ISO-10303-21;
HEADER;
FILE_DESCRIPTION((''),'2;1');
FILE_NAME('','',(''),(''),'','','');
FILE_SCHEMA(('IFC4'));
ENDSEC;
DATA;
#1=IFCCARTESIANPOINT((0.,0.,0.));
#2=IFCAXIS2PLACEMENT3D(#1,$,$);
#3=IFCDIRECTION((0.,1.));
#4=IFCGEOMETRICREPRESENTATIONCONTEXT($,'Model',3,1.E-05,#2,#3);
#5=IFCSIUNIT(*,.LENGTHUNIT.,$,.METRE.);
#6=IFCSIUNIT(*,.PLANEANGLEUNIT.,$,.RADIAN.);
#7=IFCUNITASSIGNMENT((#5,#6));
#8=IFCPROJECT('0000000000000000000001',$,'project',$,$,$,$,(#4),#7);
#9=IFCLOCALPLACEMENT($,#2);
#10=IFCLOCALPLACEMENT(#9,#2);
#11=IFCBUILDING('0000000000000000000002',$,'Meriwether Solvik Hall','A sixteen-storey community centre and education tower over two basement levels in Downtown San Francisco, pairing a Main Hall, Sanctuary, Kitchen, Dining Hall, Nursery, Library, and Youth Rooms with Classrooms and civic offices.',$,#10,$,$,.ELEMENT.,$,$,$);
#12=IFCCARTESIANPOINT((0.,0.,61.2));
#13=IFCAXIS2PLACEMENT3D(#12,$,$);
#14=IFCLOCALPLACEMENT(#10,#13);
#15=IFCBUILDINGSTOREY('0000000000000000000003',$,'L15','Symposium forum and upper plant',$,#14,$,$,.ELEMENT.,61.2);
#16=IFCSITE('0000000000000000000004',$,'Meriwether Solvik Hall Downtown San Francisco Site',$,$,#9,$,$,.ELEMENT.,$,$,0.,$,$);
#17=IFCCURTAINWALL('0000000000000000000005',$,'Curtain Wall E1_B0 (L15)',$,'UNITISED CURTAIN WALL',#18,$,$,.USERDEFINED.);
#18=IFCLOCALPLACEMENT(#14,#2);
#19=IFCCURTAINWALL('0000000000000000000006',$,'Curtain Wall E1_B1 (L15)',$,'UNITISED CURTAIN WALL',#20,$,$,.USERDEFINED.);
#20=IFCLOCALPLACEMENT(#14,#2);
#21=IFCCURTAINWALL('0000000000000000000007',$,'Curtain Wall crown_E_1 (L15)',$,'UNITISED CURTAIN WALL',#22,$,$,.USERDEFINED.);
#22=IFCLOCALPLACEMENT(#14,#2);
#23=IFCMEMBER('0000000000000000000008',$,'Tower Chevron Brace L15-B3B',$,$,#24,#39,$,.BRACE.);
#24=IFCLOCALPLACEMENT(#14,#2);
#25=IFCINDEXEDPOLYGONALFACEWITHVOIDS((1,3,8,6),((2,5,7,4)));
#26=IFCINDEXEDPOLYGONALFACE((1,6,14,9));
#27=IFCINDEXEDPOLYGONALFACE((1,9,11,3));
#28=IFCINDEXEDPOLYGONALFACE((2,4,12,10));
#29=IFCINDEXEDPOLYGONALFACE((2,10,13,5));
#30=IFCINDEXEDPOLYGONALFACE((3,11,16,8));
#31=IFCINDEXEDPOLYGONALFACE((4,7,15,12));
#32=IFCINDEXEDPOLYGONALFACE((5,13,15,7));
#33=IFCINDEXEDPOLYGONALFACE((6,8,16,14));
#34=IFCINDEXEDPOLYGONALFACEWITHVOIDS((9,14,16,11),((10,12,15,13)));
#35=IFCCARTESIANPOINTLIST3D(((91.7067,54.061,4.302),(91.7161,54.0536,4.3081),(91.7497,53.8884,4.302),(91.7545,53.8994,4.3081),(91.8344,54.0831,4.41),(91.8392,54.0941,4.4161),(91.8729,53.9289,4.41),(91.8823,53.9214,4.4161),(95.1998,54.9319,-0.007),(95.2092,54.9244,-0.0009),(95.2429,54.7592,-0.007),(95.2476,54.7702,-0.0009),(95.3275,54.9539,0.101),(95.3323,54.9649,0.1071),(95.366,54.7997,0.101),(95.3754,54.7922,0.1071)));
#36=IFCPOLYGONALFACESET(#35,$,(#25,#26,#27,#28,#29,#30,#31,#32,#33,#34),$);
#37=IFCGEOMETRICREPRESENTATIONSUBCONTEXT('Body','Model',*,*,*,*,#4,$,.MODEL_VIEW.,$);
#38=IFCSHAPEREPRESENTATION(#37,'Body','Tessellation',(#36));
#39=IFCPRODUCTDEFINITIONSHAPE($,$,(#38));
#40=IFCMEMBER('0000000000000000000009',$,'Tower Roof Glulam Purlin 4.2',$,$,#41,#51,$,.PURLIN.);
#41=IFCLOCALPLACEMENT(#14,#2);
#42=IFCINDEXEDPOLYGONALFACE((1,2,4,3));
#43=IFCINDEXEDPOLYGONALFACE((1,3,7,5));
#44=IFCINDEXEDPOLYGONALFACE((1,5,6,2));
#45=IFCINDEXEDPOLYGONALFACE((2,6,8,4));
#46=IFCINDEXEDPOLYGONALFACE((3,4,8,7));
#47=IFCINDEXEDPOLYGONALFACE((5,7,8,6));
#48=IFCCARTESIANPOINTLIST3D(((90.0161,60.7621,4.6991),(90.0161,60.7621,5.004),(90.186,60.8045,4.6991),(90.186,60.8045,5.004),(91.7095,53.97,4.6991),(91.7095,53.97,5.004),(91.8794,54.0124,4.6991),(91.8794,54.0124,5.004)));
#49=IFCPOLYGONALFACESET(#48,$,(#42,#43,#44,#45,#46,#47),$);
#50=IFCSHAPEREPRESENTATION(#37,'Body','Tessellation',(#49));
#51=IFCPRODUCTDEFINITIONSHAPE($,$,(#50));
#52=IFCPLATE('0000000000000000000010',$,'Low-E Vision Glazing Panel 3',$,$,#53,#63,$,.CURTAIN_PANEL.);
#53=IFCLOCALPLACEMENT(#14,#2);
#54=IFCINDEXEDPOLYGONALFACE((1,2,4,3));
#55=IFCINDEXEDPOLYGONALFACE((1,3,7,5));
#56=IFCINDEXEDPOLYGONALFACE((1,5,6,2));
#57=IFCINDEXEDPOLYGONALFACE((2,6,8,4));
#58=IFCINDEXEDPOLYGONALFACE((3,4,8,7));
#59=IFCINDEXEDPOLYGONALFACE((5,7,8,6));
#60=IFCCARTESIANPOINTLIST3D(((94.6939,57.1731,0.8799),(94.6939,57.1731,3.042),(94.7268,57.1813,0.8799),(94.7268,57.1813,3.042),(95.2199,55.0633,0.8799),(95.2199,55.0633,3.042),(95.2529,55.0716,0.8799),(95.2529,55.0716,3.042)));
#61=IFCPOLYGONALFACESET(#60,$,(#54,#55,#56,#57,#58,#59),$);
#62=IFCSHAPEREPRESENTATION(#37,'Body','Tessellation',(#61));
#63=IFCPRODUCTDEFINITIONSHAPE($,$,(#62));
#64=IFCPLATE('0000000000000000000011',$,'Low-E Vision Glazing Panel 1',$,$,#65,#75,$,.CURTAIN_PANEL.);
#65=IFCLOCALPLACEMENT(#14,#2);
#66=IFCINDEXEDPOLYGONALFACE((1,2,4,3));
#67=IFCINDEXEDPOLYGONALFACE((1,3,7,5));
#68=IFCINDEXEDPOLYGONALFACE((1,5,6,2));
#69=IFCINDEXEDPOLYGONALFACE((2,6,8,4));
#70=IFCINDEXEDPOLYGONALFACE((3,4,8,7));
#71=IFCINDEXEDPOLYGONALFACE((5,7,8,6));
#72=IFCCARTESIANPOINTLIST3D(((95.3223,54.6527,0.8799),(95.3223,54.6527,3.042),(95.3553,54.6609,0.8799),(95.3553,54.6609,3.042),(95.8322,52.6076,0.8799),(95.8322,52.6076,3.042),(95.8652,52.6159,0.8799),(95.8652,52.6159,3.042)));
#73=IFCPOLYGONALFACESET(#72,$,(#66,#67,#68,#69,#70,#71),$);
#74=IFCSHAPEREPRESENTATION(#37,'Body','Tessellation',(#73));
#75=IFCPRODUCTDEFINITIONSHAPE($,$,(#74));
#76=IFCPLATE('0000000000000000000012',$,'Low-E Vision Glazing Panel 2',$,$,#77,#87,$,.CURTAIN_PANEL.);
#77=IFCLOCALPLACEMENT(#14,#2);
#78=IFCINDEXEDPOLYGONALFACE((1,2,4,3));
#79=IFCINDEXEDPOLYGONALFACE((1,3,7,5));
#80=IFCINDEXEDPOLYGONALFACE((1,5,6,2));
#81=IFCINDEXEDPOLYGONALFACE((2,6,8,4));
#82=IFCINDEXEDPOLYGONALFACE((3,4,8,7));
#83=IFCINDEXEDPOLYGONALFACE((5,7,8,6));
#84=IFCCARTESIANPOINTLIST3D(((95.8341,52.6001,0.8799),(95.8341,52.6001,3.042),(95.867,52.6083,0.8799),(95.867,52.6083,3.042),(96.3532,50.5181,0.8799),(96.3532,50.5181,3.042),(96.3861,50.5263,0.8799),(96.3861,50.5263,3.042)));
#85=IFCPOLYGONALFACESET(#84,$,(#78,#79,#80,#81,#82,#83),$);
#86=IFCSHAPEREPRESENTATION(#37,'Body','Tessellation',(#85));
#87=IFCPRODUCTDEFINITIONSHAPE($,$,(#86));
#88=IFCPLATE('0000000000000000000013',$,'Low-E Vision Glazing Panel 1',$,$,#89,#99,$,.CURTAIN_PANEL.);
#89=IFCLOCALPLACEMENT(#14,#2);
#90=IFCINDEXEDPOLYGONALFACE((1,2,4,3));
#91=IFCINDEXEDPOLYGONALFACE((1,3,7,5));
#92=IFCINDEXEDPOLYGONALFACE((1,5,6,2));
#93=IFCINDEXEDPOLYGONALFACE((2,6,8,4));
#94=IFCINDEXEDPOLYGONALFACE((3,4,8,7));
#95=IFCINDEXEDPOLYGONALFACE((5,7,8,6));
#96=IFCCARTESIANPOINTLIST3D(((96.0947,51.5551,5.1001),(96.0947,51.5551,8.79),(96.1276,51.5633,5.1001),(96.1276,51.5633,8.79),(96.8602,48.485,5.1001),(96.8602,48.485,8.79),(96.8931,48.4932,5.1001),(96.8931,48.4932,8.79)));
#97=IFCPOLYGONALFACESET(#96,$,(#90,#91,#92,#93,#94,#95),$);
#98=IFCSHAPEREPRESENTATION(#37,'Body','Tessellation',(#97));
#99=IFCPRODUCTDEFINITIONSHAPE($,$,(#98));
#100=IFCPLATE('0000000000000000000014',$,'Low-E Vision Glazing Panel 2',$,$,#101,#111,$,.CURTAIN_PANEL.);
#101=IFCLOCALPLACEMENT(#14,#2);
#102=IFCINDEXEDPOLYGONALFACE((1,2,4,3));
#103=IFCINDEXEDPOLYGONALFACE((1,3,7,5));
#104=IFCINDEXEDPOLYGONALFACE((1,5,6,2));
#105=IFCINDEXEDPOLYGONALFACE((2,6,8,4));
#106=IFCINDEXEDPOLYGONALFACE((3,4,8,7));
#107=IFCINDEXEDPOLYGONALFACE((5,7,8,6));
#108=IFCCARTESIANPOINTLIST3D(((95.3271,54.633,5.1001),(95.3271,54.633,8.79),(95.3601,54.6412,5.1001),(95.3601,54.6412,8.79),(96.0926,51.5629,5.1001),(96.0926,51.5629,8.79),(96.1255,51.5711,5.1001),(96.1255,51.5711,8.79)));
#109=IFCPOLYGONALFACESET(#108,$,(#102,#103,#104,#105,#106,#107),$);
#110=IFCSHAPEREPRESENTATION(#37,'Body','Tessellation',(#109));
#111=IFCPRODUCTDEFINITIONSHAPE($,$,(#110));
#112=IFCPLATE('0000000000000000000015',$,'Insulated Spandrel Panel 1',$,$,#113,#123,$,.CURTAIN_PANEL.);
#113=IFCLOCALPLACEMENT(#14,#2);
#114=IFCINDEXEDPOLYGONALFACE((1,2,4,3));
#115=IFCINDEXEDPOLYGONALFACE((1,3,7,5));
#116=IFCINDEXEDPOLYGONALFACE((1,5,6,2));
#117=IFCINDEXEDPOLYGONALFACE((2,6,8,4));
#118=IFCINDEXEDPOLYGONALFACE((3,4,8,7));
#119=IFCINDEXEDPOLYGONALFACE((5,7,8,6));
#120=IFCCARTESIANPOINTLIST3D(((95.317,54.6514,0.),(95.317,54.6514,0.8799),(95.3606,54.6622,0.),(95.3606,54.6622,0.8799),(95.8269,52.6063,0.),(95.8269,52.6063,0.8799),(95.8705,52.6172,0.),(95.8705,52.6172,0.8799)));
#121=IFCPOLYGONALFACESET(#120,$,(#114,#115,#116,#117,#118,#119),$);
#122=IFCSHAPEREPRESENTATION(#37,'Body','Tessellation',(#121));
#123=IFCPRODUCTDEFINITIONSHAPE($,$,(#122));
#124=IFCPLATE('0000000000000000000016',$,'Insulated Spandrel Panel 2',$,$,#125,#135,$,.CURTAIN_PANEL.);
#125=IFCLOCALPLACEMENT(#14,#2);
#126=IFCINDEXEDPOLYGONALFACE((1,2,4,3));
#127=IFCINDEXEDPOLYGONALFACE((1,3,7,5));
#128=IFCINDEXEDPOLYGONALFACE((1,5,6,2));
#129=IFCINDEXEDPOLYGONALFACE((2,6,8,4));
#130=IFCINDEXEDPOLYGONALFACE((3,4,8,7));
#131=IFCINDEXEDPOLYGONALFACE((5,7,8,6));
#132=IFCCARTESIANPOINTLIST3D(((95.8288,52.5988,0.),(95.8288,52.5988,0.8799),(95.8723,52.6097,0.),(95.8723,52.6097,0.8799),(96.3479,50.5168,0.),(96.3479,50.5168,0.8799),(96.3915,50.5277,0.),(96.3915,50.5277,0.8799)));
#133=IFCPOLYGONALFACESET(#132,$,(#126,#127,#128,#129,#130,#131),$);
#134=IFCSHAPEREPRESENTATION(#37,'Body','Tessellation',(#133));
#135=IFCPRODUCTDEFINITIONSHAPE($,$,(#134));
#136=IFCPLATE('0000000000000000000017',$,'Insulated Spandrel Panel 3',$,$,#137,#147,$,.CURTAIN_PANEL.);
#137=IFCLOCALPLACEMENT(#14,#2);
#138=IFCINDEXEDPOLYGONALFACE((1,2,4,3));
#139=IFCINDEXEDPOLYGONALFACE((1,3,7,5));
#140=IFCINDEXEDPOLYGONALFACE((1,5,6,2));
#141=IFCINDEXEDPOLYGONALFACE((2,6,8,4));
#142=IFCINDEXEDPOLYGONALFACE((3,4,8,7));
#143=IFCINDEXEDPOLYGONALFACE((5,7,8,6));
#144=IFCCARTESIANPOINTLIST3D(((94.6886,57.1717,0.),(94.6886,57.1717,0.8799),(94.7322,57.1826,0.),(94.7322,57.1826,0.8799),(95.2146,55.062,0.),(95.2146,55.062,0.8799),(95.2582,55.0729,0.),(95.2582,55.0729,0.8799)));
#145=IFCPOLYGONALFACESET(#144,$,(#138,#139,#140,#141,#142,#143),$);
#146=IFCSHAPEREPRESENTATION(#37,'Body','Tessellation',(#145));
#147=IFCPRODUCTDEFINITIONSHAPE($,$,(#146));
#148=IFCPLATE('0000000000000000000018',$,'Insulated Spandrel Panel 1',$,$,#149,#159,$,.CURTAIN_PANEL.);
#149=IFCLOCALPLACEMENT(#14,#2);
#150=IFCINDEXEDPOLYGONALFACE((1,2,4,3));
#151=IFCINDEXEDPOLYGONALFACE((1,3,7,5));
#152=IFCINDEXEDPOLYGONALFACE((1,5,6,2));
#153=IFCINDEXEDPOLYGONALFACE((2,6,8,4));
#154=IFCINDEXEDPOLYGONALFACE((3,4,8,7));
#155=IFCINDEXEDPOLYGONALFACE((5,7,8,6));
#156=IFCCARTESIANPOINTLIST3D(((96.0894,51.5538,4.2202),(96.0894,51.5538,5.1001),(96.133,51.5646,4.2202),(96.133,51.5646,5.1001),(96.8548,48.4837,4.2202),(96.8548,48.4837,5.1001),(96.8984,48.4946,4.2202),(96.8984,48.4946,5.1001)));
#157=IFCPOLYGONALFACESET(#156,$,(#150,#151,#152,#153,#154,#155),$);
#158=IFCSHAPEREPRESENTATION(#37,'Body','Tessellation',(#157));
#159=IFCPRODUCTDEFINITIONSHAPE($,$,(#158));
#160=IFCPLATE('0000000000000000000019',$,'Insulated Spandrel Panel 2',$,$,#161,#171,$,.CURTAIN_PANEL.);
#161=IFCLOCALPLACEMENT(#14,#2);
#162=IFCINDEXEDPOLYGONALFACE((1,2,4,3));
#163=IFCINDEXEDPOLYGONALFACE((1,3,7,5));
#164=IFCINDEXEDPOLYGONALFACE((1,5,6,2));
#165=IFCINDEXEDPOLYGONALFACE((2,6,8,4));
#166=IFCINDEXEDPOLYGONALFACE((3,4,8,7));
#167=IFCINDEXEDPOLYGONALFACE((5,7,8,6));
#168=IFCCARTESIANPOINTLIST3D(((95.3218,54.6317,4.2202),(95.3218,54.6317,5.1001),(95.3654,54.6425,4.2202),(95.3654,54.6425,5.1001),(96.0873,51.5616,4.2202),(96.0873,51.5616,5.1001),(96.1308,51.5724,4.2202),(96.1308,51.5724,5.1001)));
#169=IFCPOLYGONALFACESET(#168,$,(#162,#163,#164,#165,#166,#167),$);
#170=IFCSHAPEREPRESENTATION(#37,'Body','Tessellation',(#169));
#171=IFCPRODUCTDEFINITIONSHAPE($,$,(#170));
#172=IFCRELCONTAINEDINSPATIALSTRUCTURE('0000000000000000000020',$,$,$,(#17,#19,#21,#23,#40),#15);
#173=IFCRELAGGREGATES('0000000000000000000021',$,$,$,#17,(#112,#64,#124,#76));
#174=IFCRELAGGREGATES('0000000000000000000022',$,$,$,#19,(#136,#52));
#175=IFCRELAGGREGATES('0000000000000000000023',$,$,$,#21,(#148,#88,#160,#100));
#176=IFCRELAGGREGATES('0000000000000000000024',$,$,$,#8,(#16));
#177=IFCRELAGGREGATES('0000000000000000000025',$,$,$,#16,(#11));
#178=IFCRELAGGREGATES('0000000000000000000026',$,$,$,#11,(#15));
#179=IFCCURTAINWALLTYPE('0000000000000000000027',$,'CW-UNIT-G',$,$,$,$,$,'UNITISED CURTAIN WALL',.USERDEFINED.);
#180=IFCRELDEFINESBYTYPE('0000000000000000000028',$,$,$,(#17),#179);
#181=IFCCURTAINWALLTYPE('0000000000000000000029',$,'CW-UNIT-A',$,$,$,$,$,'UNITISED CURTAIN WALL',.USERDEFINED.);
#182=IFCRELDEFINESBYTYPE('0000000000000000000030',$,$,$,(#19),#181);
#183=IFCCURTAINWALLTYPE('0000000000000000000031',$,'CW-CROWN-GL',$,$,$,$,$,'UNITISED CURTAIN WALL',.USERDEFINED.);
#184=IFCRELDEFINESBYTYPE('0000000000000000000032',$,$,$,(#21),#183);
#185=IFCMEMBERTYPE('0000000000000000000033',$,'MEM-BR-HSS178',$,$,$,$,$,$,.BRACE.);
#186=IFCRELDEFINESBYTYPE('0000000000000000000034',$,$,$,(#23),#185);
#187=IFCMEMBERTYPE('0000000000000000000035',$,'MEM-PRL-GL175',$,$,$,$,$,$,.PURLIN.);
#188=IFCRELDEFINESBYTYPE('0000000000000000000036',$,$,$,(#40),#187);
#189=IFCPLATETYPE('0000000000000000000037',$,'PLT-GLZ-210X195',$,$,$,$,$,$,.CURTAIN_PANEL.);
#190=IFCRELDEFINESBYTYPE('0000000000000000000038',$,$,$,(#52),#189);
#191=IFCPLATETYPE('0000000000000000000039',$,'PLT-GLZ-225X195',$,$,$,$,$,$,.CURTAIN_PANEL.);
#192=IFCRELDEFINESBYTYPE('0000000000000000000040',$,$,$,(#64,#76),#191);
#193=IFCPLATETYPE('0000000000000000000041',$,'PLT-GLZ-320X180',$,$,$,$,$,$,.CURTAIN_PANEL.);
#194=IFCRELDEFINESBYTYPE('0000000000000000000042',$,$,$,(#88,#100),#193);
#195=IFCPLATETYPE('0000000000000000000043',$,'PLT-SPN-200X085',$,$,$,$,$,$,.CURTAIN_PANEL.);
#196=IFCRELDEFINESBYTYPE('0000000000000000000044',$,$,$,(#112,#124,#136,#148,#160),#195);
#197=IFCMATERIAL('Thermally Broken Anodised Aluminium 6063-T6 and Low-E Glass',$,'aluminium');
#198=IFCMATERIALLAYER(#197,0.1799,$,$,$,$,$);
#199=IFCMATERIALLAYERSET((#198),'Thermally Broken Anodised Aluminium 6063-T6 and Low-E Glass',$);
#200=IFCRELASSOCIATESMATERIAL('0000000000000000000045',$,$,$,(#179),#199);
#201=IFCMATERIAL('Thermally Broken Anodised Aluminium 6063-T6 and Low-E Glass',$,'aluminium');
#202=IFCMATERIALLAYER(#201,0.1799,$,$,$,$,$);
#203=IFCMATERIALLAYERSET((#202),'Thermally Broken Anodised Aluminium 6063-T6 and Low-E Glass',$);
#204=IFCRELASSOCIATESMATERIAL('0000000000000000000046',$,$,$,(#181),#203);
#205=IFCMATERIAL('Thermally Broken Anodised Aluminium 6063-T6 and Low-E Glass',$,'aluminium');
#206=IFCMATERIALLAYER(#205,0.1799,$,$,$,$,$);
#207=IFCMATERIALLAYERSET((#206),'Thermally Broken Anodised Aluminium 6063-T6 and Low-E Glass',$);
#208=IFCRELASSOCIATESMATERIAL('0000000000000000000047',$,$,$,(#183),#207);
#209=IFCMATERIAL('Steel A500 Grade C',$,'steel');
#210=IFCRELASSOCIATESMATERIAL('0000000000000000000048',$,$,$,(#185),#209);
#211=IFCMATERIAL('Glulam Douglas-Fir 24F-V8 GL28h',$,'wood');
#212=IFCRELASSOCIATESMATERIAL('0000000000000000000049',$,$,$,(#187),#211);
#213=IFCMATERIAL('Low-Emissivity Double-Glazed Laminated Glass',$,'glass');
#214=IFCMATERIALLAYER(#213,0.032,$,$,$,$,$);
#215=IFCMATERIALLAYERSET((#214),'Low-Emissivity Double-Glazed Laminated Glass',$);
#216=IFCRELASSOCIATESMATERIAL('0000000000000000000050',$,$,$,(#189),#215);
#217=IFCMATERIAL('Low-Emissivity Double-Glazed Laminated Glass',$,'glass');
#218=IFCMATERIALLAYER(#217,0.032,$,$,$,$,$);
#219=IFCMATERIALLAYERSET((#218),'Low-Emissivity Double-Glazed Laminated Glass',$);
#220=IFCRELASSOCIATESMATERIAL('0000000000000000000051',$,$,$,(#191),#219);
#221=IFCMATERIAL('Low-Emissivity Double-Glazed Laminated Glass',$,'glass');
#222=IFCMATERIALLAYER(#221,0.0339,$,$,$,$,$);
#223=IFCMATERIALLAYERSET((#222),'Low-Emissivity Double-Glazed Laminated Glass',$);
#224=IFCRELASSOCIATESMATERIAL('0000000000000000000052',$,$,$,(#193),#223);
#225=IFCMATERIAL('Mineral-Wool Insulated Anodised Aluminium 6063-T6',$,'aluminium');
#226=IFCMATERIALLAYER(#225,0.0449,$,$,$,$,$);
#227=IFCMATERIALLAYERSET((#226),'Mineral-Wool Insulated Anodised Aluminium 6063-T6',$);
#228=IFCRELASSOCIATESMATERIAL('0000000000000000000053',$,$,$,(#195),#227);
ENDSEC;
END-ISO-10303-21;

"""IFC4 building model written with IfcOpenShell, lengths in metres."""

from ifc_helpers import new_model, si_unit, direction, frame, origin, origin_2d, place, context, subcontext, project, spatial, rectangle, hollow_rectangle, extrude, material, layer, layer_set, material_profile, profile_set, type_object, element, aggregate, save


model = new_model("IFC4")

# Units and contexts
model_context = context("Model", 3, precision=1e-05, world=origin(), true_north=direction((0.0, 1.0)))
body_context = subcontext(model_context, "Body", "Model", "MODEL_VIEW")
ifc_project = project(units=[si_unit("LENGTHUNIT", "METRE"), si_unit("PLANEANGLEUNIT", "RADIAN")], contexts=[model_context])

# Site, building, storey
site_placement = place(None, origin())
site = spatial("IfcSite", under=ifc_project, at=site_placement, Name="Meriwether Solvik Hall Downtown San Francisco Site", CompositionType="ELEMENT", RefElevation=0.0)
building_placement = place(site_placement, origin())
building = spatial("IfcBuilding", under=site, at=building_placement, Name="Meriwether Solvik Hall", Description="A sixteen-storey community centre and education tower over two basement levels in Downtown San Francisco, pairing a Main Hall, Sanctuary, Kitchen, Dining Hall, Nursery, Library, and Youth Rooms with Classrooms and civic offices.", CompositionType="ELEMENT")
storey_placement = place(building_placement, frame((0.0, 0.0, 61.2)))
storey = spatial("IfcBuildingStorey", under=building, at=storey_placement, Name="L15", Description="Symposium forum and upper plant", CompositionType="ELEMENT", Elevation=61.2)

# Curtain wall
ifc_material_1 = material(Name="Thermally Broken Anodised Aluminium 6063-T6 and Low-E Glass", Category="aluminium")
ifc_layer_1 = layer(ifc_material_1, 0.1799)
ifc_layer_set_1 = layer_set([ifc_layer_1], Name="Thermally Broken Anodised Aluminium 6063-T6 and Low-E Glass")
curtain_wall_type_1 = type_object("IfcCurtainWallType", Name="CW-UNIT-G", ElementType="UNITISED CURTAIN WALL", PredefinedType="USERDEFINED", material=ifc_layer_set_1)
curtain_wall_1_placement = place(storey_placement, origin())
curtain_wall_1 = element("IfcCurtainWall", 1, at=curtain_wall_1_placement, inside=storey, type_object=curtain_wall_type_1, Name="Curtain Wall E1_B0 (L15)", ObjectType="UNITISED CURTAIN WALL", PredefinedType="USERDEFINED")

# Curtain wall
ifc_material_2 = material(Name="Thermally Broken Anodised Aluminium 6063-T6 and Low-E Glass", Category="aluminium")
ifc_layer_2 = layer(ifc_material_2, 0.1799)
ifc_layer_set_2 = layer_set([ifc_layer_2], Name="Thermally Broken Anodised Aluminium 6063-T6 and Low-E Glass")
curtain_wall_type_2 = type_object("IfcCurtainWallType", Name="CW-UNIT-A", ElementType="UNITISED CURTAIN WALL", PredefinedType="USERDEFINED", material=ifc_layer_set_2)
curtain_wall_2_placement = place(storey_placement, origin())
curtain_wall_2 = element("IfcCurtainWall", 2, at=curtain_wall_2_placement, inside=storey, type_object=curtain_wall_type_2, Name="Curtain Wall E1_B1 (L15)", ObjectType="UNITISED CURTAIN WALL", PredefinedType="USERDEFINED")

# Curtain wall
ifc_material_3 = material(Name="Thermally Broken Anodised Aluminium 6063-T6 and Low-E Glass", Category="aluminium")
ifc_layer_3 = layer(ifc_material_3, 0.1799)
ifc_layer_set_3 = layer_set([ifc_layer_3], Name="Thermally Broken Anodised Aluminium 6063-T6 and Low-E Glass")
curtain_wall_type_3 = type_object("IfcCurtainWallType", Name="CW-CROWN-GL", ElementType="UNITISED CURTAIN WALL", PredefinedType="USERDEFINED", material=ifc_layer_set_3)
curtain_wall_3_placement = place(storey_placement, origin())
curtain_wall_3 = element("IfcCurtainWall", 3, at=curtain_wall_3_placement, inside=storey, type_object=curtain_wall_type_3, Name="Curtain Wall crown_E_1 (L15)", ObjectType="UNITISED CURTAIN WALL", PredefinedType="USERDEFINED")

# Members
ifc_material_4 = material(Name="Steel A500 Grade C", Category="steel")
ifc_material_profile_1 = material_profile(ifc_material_4, hollow_rectangle(XDim=0.178, YDim=0.178, WallThickness=0.0095, at=origin_2d()), Name="HSS178X178X9.5")
ifc_profile_set_1 = profile_set([ifc_material_profile_1], Name="Steel A500 Grade C")
member_type_1 = type_object("IfcMemberType", Name="MEM-BR-HSS178", PredefinedType="BRACE", material=ifc_profile_set_1)
member_1_placement = place(storey_placement, frame((95.2876, 54.8621, 0.05), z_axis=(-0.622108, -0.155092, 0.767417), x_axis=(0.241897, -0.970302, 0.0)))
element("IfcMember", 4, at=member_1_placement, inside=storey, type_object=member_type_1, Name="Tower Chevron Brace L15-B3B", PredefinedType="BRACE", context=body_context, shape_type="SweptSolid", body=[
    extrude(hollow_rectangle(XDim=0.178, YDim=0.178, WallThickness=0.0095, at=origin_2d()), origin(), (0.0, 0.0, 1.0), 5.615),
])
ifc_material_5 = material(Name="Glulam Douglas-Fir 24F-V8 GL28h", Category="wood")
ifc_material_profile_2 = material_profile(ifc_material_5, rectangle(XDim=0.175, YDim=0.3049, at=origin_2d()), Name="GLM-175X305")
ifc_profile_set_2 = profile_set([ifc_material_profile_2], Name="Glulam Douglas-Fir 24F-V8 GL28h")
member_type_2 = type_object("IfcMemberType", Name="MEM-PRL-GL175", PredefinedType="PURLIN", material=ifc_profile_set_2)
member_2_placement = place(storey_placement, frame((91.7944, 53.9912, 4.8516), z_axis=(-0.241912, 0.970298, 0.0), x_axis=(-0.970298, -0.241912, 0.0)))
element("IfcMember", 5, at=member_2_placement, inside=storey, type_object=member_type_2, Name="Tower Roof Glulam Purlin 4.2", PredefinedType="PURLIN", context=body_context, shape_type="SweptSolid", body=[
    extrude(rectangle(XDim=0.175, YDim=0.3049, at=origin_2d()), origin(), (0.0, 0.0, 1.0), 7.0),
])

# Plates
ifc_material_6 = material(Name="Low-Emissivity Double-Glazed Laminated Glass", Category="glass")
ifc_layer_4 = layer(ifc_material_6, 0.032)
ifc_layer_set_4 = layer_set([ifc_layer_4], Name="Low-Emissivity Double-Glazed Laminated Glass")
plate_type_1 = type_object("IfcPlateType", Name="PLT-GLZ-210X195", PredefinedType="CURTAIN_PANEL", material=ifc_layer_set_4)
plate_1_placement = place(storey_placement, frame((94.9734, 56.1223, 0.8799), z_axis=(0.0, 0.0, 1.0), x_axis=(0.241922, -0.970296, 0.0)))
plate_1 = element("IfcPlate", 6, at=plate_1_placement, type_object=plate_type_1, Name="Low-E Vision Glazing Panel 3", PredefinedType="CURTAIN_PANEL", context=body_context, shape_type="SweptSolid", body=[
    extrude(rectangle(XDim=2.1743, YDim=0.0339, at=origin_2d()), origin(), (0.0, 0.0, 1.0), 2.1621),
])
ifc_material_7 = material(Name="Low-Emissivity Double-Glazed Laminated Glass", Category="glass")
ifc_layer_5 = layer(ifc_material_7, 0.032)
ifc_layer_set_5 = layer_set([ifc_layer_5], Name="Low-Emissivity Double-Glazed Laminated Glass")
plate_type_2 = type_object("IfcPlateType", Name="PLT-GLZ-225X195", PredefinedType="CURTAIN_PANEL", material=ifc_layer_set_5)
plate_2_placement = place(storey_placement, frame((95.5938, 53.6343, 0.8799), z_axis=(0.0, 0.0, 1.0), x_axis=(0.241922, -0.970296, 0.0)))
plate_2 = element("IfcPlate", 7, at=plate_2_placement, type_object=plate_type_2, Name="Low-E Vision Glazing Panel 1", PredefinedType="CURTAIN_PANEL", context=body_context, shape_type="SweptSolid", body=[
    extrude(rectangle(XDim=2.1077, YDim=0.0339, at=origin_2d()), origin(), (0.0, 0.0, 1.0), 2.1621),
])
plate_3_placement = place(storey_placement, frame((96.1101, 51.5632, 0.8799), z_axis=(0.0, 0.0, 1.0), x_axis=(0.241922, -0.970296, 0.0)))
plate_3 = element("IfcPlate", 8, at=plate_3_placement, type_object=plate_type_2, Name="Low-E Vision Glazing Panel 2", PredefinedType="CURTAIN_PANEL", context=body_context, shape_type="SweptSolid", body=[
    extrude(rectangle(XDim=2.1458, YDim=0.0339, at=origin_2d()), origin(), (0.0, 0.0, 1.0), 2.1621),
])
ifc_material_8 = material(Name="Low-Emissivity Double-Glazed Laminated Glass", Category="glass")
ifc_layer_6 = layer(ifc_material_8, 0.0339)
ifc_layer_set_6 = layer_set([ifc_layer_6], Name="Low-Emissivity Double-Glazed Laminated Glass")
plate_type_3 = type_object("IfcPlateType", Name="PLT-GLZ-320X180", PredefinedType="CURTAIN_PANEL", material=ifc_layer_set_6)
plate_4_placement = place(storey_placement, frame((96.4939, 50.0242, 5.1001), z_axis=(0.0, 0.0, 1.0), x_axis=(-0.241922, 0.970296, 0.0)))
plate_4 = element("IfcPlate", 9, at=plate_4_placement, type_object=plate_type_3, Name="Low-E Vision Glazing Panel 1", PredefinedType="CURTAIN_PANEL", context=body_context, shape_type="SweptSolid", body=[
    extrude(rectangle(XDim=3.1641, YDim=0.0339, at=origin_2d()), origin(), (0.0, 0.0, 1.0), 3.6899),
])
plate_5_placement = place(storey_placement, frame((95.7263, 53.1021, 5.1001), z_axis=(0.0, 0.0, 1.0), x_axis=(-0.241922, 0.970296, 0.0)))
plate_5 = element("IfcPlate", 10, at=plate_5_placement, type_object=plate_type_3, Name="Low-E Vision Glazing Panel 2", PredefinedType="CURTAIN_PANEL", context=body_context, shape_type="SweptSolid", body=[
    extrude(rectangle(XDim=3.1641, YDim=0.0339, at=origin_2d()), origin(), (0.0, 0.0, 1.0), 3.6899),
])
ifc_material_9 = material(Name="Mineral-Wool Insulated Anodised Aluminium 6063-T6", Category="aluminium")
ifc_layer_7 = layer(ifc_material_9, 0.0449)
ifc_layer_set_7 = layer_set([ifc_layer_7], Name="Mineral-Wool Insulated Anodised Aluminium 6063-T6")
plate_type_4 = type_object("IfcPlateType", Name="PLT-SPN-200X085", PredefinedType="CURTAIN_PANEL", material=ifc_layer_set_7)
plate_6_placement = place(storey_placement, frame((95.5938, 53.6343, 0.0), z_axis=(0.0, 0.0, 1.0), x_axis=(0.241922, -0.970296, 0.0)))
plate_6 = element("IfcPlate", 11, at=plate_6_placement, type_object=plate_type_4, Name="Insulated Spandrel Panel 1", PredefinedType="CURTAIN_PANEL", context=body_context, shape_type="SweptSolid", body=[
    extrude(rectangle(XDim=2.1077, YDim=0.0449, at=origin_2d()), origin(), (0.0, 0.0, 1.0), 0.8799),
])
plate_7_placement = place(storey_placement, frame((96.1101, 51.5632, 0.0), z_axis=(0.0, 0.0, 1.0), x_axis=(0.241922, -0.970296, 0.0)))
plate_7 = element("IfcPlate", 12, at=plate_7_placement, type_object=plate_type_4, Name="Insulated Spandrel Panel 2", PredefinedType="CURTAIN_PANEL", context=body_context, shape_type="SweptSolid", body=[
    extrude(rectangle(XDim=2.1458, YDim=0.0449, at=origin_2d()), origin(), (0.0, 0.0, 1.0), 0.8799),
])
aggregate(curtain_wall_1, [plate_6, plate_2, plate_7, plate_3])
plate_8_placement = place(storey_placement, frame((94.9734, 56.1223, 0.0), z_axis=(0.0, 0.0, 1.0), x_axis=(0.241922, -0.970296, 0.0)))
plate_8 = element("IfcPlate", 13, at=plate_8_placement, type_object=plate_type_4, Name="Insulated Spandrel Panel 3", PredefinedType="CURTAIN_PANEL", context=body_context, shape_type="SweptSolid", body=[
    extrude(rectangle(XDim=2.1743, YDim=0.0449, at=origin_2d()), origin(), (0.0, 0.0, 1.0), 0.8799),
])
aggregate(curtain_wall_2, [plate_8, plate_1])
plate_9_placement = place(storey_placement, frame((96.4939, 50.0242, 4.2202), z_axis=(0.0, 0.0, 1.0), x_axis=(-0.241922, 0.970296, 0.0)))
plate_9 = element("IfcPlate", 14, at=plate_9_placement, type_object=plate_type_4, Name="Insulated Spandrel Panel 1", PredefinedType="CURTAIN_PANEL", context=body_context, shape_type="SweptSolid", body=[
    extrude(rectangle(XDim=3.1641, YDim=0.0449, at=origin_2d()), origin(), (0.0, 0.0, 1.0), 0.8799),
])
plate_10_placement = place(storey_placement, frame((95.7263, 53.1021, 4.2202), z_axis=(0.0, 0.0, 1.0), x_axis=(-0.241922, 0.970296, 0.0)))
plate_10 = element("IfcPlate", 15, at=plate_10_placement, type_object=plate_type_4, Name="Insulated Spandrel Panel 2", PredefinedType="CURTAIN_PANEL", context=body_context, shape_type="SweptSolid", body=[
    extrude(rectangle(XDim=3.1641, YDim=0.0449, at=origin_2d()), origin(), (0.0, 0.0, 1.0), 0.8799),
])
aggregate(curtain_wall_3, [plate_9, plate_4, plate_10, plate_5])

save(model, "model.ifc")
